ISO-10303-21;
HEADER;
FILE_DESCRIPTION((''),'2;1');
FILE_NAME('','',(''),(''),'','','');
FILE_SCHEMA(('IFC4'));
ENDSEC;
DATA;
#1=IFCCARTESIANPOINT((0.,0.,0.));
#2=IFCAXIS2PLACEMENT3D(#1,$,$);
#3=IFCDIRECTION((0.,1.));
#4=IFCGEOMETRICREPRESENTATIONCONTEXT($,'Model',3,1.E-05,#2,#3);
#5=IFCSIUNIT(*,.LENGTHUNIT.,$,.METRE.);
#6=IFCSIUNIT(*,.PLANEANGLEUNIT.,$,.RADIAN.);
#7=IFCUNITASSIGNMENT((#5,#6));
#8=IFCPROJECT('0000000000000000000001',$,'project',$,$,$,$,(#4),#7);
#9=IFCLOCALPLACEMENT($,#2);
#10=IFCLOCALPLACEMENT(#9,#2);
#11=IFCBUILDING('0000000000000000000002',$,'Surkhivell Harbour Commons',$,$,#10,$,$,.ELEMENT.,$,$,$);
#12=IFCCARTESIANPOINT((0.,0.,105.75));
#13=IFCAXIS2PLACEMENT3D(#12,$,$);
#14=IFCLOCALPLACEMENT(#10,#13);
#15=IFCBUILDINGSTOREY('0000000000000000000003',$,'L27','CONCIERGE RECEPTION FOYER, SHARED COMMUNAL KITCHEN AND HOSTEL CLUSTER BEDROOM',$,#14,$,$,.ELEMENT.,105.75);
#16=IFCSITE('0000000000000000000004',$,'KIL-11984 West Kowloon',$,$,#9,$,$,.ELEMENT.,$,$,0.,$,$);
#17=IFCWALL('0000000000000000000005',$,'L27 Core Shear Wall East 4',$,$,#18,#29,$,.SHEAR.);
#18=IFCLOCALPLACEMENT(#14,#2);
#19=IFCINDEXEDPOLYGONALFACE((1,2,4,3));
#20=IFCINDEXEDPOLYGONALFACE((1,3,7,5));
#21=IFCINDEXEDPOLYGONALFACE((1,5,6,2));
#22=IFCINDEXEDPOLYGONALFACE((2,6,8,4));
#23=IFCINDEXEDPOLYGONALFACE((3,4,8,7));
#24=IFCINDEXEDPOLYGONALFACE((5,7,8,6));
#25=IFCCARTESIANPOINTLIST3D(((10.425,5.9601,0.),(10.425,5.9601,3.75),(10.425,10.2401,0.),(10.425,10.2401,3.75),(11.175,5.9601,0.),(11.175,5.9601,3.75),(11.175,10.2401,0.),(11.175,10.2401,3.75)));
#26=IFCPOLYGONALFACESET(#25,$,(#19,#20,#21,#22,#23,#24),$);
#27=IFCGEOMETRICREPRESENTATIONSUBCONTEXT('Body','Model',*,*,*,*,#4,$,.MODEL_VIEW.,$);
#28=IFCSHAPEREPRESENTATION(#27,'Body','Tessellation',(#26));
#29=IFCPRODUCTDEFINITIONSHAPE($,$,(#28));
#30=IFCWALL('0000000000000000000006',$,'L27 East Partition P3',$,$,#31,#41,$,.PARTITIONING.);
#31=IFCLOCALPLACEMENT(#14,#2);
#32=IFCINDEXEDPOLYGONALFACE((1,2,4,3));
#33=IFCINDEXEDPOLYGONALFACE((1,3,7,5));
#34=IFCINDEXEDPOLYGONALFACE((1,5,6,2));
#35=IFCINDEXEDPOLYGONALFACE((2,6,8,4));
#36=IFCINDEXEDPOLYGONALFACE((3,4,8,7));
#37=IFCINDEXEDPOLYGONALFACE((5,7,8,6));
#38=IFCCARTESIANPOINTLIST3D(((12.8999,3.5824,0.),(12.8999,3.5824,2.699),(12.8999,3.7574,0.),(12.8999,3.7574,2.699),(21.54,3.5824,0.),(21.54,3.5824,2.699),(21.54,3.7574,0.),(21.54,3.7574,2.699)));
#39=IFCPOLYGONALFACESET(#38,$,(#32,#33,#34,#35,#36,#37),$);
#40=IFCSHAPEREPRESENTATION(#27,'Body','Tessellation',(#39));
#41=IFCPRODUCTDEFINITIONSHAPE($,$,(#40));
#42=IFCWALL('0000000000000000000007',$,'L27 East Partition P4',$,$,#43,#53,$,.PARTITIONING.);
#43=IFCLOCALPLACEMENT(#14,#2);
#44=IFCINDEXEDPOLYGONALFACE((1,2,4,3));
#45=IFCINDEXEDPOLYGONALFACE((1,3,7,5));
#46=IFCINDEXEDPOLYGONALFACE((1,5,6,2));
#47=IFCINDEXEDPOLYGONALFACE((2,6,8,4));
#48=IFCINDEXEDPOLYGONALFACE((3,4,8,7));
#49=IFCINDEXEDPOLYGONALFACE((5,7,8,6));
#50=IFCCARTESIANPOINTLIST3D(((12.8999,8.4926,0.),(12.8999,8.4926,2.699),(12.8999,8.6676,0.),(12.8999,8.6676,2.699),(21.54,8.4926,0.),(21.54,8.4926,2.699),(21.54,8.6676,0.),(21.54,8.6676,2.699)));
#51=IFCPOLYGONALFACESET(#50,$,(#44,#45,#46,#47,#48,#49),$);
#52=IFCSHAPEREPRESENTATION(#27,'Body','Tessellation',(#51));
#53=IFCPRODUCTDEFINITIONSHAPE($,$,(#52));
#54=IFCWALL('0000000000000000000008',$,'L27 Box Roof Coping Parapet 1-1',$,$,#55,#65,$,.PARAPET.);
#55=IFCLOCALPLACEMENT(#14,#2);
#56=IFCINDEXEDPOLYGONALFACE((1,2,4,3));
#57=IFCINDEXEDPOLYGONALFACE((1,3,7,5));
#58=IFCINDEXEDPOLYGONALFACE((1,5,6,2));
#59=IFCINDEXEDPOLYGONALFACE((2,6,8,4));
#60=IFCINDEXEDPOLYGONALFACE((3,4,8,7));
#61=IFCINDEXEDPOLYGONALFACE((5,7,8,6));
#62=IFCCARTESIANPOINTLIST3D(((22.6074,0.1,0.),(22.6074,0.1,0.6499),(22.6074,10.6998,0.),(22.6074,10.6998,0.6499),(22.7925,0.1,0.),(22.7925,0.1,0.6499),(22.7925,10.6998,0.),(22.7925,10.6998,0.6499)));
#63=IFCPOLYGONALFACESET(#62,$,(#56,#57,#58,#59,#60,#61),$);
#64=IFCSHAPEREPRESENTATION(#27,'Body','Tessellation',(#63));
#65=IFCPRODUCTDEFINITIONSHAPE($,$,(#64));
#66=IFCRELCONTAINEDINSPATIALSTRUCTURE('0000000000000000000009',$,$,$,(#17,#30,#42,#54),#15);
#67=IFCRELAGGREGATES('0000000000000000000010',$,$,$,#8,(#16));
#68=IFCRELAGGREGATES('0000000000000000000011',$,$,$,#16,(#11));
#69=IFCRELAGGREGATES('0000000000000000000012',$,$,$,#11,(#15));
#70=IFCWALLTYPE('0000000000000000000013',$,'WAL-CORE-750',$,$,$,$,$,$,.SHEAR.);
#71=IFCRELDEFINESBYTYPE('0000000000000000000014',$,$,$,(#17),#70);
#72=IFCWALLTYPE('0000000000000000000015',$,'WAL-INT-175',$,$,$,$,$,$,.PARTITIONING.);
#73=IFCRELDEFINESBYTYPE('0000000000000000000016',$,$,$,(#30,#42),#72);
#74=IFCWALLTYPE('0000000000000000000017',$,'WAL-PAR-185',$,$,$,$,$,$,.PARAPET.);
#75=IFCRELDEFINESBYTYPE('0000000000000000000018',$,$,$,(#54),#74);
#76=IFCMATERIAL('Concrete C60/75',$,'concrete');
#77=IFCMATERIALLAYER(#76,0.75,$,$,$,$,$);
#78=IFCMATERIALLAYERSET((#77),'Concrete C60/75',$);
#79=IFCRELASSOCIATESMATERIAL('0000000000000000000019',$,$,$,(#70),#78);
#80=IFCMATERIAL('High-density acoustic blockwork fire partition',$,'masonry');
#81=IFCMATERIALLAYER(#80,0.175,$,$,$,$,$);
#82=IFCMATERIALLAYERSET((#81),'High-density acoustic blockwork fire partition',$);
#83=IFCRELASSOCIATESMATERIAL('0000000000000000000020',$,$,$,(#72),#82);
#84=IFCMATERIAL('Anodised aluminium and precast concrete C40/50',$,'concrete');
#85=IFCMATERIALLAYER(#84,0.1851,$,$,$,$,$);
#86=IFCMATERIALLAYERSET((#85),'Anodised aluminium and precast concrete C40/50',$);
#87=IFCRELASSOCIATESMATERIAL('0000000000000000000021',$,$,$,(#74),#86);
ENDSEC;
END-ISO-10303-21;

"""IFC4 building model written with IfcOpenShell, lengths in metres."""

from ifc_helpers import new_model, si_unit, direction, frame, frame_2d, origin, place, context, subcontext, project, spatial, rectangle, extrude, material, layer, layer_set, type_object, element, save


model = new_model("IFC4")

# Units and contexts
model_context = context("Model", 3, precision=1e-05, world=origin(), true_north=direction((0.0, 1.0)))
body_context = subcontext(model_context, "Body", "Model", "MODEL_VIEW")
ifc_project = project(units=[si_unit("LENGTHUNIT", "METRE"), si_unit("PLANEANGLEUNIT", "RADIAN")], contexts=[model_context])

# Site, building, storey
site_placement = place(None, origin())
site = spatial("IfcSite", under=ifc_project, at=site_placement, Name="KIL-11984 West Kowloon", CompositionType="ELEMENT", RefElevation=0.0)
building_placement = place(site_placement, origin())
building = spatial("IfcBuilding", under=site, at=building_placement, Name="Surkhivell Harbour Commons", CompositionType="ELEMENT")
storey_placement = place(building_placement, frame((0.0, 0.0, 105.75)))
storey = spatial("IfcBuildingStorey", under=building, at=storey_placement, Name="L27", Description="CONCIERGE RECEPTION FOYER, SHARED COMMUNAL KITCHEN AND HOSTEL CLUSTER BEDROOM", CompositionType="ELEMENT", Elevation=105.75)

# Shared definitions
ifc_material_1 = material(Name="Concrete C60/75", Category="concrete")

# Shared definitions
ifc_layer_1 = layer(ifc_material_1, 0.75)
ifc_layer_set_1 = layer_set([ifc_layer_1], Name="Concrete C60/75")
wall_type_1 = type_object("IfcWallType", Name="WAL-CORE-750", PredefinedType="SHEAR", material=ifc_layer_set_1)

# Walls
wall_1_placement = place(storey_placement, frame((10.8, 5.96, 0.0), z_axis=(0.0, 0.0, 1.0), x_axis=(0.0, 1.0, 0.0)))
element("IfcWall", 1, at=wall_1_placement, inside=storey, type_object=wall_type_1, Name="L27 Core Shear Wall East 4", PredefinedType="SHEAR", context=body_context, shape_type="SweptSolid", body=[
    extrude(rectangle(XDim=4.28, YDim=0.75, at=frame_2d((2.1401, 0.0))), origin(), (0.0, 0.0, 1.0), 3.75),
])
ifc_material_2 = material(Name="High-density acoustic blockwork fire partition", Category="masonry")
ifc_layer_2 = layer(ifc_material_2, 0.175)
ifc_layer_set_2 = layer_set([ifc_layer_2], Name="High-density acoustic blockwork fire partition")
wall_type_2 = type_object("IfcWallType", Name="WAL-INT-175", PredefinedType="PARTITIONING", material=ifc_layer_set_2)
for number, where, z_axis, x_axis, name in (
    (2, (12.8999, 3.6699, 0.0), (0.0, 0.0, 1.0), (1.0, 0.0, 0.0), "L27 East Partition P3"),
    (3, (12.8999, 8.5801, 0.0), (0.0, 0.0, 1.0), (1.0, 0.0, 0.0), "L27 East Partition P4"),
):
    element("IfcWall", number, at=place(storey_placement, frame(where, z_axis=z_axis, x_axis=x_axis)), inside=storey, type_object=wall_type_2, Name=name, PredefinedType="PARTITIONING", context=body_context, shape_type="SweptSolid", body=[
        extrude(rectangle(XDim=8.6401, YDim=0.175, at=frame_2d((4.3201, 0.0))), origin(), (0.0, 0.0, 1.0), 2.699),
    ])
ifc_material_3 = material(Name="Anodised aluminium and precast concrete C40/50", Category="concrete")
ifc_layer_3 = layer(ifc_material_3, 0.1851)
ifc_layer_set_3 = layer_set([ifc_layer_3], Name="Anodised aluminium and precast concrete C40/50")
wall_type_3 = type_object("IfcWallType", Name="WAL-PAR-185", PredefinedType="PARAPET", material=ifc_layer_set_3)
wall_2_placement = place(storey_placement, frame((22.7, 0.1001, 0.0), z_axis=(0.0, 0.0, 1.0), x_axis=(0.0, 1.0, 0.0)))
element("IfcWall", 4, at=wall_2_placement, inside=storey, type_object=wall_type_3, Name="L27 Box Roof Coping Parapet 1-1", PredefinedType="PARAPET", context=body_context, shape_type="SweptSolid", body=[
    extrude(rectangle(XDim=10.5999, YDim=0.1851, at=frame_2d((5.2998, 0.0))), origin(), (0.0, 0.0, 1.0), 0.6499),
])

save(model, "model.ifc")
